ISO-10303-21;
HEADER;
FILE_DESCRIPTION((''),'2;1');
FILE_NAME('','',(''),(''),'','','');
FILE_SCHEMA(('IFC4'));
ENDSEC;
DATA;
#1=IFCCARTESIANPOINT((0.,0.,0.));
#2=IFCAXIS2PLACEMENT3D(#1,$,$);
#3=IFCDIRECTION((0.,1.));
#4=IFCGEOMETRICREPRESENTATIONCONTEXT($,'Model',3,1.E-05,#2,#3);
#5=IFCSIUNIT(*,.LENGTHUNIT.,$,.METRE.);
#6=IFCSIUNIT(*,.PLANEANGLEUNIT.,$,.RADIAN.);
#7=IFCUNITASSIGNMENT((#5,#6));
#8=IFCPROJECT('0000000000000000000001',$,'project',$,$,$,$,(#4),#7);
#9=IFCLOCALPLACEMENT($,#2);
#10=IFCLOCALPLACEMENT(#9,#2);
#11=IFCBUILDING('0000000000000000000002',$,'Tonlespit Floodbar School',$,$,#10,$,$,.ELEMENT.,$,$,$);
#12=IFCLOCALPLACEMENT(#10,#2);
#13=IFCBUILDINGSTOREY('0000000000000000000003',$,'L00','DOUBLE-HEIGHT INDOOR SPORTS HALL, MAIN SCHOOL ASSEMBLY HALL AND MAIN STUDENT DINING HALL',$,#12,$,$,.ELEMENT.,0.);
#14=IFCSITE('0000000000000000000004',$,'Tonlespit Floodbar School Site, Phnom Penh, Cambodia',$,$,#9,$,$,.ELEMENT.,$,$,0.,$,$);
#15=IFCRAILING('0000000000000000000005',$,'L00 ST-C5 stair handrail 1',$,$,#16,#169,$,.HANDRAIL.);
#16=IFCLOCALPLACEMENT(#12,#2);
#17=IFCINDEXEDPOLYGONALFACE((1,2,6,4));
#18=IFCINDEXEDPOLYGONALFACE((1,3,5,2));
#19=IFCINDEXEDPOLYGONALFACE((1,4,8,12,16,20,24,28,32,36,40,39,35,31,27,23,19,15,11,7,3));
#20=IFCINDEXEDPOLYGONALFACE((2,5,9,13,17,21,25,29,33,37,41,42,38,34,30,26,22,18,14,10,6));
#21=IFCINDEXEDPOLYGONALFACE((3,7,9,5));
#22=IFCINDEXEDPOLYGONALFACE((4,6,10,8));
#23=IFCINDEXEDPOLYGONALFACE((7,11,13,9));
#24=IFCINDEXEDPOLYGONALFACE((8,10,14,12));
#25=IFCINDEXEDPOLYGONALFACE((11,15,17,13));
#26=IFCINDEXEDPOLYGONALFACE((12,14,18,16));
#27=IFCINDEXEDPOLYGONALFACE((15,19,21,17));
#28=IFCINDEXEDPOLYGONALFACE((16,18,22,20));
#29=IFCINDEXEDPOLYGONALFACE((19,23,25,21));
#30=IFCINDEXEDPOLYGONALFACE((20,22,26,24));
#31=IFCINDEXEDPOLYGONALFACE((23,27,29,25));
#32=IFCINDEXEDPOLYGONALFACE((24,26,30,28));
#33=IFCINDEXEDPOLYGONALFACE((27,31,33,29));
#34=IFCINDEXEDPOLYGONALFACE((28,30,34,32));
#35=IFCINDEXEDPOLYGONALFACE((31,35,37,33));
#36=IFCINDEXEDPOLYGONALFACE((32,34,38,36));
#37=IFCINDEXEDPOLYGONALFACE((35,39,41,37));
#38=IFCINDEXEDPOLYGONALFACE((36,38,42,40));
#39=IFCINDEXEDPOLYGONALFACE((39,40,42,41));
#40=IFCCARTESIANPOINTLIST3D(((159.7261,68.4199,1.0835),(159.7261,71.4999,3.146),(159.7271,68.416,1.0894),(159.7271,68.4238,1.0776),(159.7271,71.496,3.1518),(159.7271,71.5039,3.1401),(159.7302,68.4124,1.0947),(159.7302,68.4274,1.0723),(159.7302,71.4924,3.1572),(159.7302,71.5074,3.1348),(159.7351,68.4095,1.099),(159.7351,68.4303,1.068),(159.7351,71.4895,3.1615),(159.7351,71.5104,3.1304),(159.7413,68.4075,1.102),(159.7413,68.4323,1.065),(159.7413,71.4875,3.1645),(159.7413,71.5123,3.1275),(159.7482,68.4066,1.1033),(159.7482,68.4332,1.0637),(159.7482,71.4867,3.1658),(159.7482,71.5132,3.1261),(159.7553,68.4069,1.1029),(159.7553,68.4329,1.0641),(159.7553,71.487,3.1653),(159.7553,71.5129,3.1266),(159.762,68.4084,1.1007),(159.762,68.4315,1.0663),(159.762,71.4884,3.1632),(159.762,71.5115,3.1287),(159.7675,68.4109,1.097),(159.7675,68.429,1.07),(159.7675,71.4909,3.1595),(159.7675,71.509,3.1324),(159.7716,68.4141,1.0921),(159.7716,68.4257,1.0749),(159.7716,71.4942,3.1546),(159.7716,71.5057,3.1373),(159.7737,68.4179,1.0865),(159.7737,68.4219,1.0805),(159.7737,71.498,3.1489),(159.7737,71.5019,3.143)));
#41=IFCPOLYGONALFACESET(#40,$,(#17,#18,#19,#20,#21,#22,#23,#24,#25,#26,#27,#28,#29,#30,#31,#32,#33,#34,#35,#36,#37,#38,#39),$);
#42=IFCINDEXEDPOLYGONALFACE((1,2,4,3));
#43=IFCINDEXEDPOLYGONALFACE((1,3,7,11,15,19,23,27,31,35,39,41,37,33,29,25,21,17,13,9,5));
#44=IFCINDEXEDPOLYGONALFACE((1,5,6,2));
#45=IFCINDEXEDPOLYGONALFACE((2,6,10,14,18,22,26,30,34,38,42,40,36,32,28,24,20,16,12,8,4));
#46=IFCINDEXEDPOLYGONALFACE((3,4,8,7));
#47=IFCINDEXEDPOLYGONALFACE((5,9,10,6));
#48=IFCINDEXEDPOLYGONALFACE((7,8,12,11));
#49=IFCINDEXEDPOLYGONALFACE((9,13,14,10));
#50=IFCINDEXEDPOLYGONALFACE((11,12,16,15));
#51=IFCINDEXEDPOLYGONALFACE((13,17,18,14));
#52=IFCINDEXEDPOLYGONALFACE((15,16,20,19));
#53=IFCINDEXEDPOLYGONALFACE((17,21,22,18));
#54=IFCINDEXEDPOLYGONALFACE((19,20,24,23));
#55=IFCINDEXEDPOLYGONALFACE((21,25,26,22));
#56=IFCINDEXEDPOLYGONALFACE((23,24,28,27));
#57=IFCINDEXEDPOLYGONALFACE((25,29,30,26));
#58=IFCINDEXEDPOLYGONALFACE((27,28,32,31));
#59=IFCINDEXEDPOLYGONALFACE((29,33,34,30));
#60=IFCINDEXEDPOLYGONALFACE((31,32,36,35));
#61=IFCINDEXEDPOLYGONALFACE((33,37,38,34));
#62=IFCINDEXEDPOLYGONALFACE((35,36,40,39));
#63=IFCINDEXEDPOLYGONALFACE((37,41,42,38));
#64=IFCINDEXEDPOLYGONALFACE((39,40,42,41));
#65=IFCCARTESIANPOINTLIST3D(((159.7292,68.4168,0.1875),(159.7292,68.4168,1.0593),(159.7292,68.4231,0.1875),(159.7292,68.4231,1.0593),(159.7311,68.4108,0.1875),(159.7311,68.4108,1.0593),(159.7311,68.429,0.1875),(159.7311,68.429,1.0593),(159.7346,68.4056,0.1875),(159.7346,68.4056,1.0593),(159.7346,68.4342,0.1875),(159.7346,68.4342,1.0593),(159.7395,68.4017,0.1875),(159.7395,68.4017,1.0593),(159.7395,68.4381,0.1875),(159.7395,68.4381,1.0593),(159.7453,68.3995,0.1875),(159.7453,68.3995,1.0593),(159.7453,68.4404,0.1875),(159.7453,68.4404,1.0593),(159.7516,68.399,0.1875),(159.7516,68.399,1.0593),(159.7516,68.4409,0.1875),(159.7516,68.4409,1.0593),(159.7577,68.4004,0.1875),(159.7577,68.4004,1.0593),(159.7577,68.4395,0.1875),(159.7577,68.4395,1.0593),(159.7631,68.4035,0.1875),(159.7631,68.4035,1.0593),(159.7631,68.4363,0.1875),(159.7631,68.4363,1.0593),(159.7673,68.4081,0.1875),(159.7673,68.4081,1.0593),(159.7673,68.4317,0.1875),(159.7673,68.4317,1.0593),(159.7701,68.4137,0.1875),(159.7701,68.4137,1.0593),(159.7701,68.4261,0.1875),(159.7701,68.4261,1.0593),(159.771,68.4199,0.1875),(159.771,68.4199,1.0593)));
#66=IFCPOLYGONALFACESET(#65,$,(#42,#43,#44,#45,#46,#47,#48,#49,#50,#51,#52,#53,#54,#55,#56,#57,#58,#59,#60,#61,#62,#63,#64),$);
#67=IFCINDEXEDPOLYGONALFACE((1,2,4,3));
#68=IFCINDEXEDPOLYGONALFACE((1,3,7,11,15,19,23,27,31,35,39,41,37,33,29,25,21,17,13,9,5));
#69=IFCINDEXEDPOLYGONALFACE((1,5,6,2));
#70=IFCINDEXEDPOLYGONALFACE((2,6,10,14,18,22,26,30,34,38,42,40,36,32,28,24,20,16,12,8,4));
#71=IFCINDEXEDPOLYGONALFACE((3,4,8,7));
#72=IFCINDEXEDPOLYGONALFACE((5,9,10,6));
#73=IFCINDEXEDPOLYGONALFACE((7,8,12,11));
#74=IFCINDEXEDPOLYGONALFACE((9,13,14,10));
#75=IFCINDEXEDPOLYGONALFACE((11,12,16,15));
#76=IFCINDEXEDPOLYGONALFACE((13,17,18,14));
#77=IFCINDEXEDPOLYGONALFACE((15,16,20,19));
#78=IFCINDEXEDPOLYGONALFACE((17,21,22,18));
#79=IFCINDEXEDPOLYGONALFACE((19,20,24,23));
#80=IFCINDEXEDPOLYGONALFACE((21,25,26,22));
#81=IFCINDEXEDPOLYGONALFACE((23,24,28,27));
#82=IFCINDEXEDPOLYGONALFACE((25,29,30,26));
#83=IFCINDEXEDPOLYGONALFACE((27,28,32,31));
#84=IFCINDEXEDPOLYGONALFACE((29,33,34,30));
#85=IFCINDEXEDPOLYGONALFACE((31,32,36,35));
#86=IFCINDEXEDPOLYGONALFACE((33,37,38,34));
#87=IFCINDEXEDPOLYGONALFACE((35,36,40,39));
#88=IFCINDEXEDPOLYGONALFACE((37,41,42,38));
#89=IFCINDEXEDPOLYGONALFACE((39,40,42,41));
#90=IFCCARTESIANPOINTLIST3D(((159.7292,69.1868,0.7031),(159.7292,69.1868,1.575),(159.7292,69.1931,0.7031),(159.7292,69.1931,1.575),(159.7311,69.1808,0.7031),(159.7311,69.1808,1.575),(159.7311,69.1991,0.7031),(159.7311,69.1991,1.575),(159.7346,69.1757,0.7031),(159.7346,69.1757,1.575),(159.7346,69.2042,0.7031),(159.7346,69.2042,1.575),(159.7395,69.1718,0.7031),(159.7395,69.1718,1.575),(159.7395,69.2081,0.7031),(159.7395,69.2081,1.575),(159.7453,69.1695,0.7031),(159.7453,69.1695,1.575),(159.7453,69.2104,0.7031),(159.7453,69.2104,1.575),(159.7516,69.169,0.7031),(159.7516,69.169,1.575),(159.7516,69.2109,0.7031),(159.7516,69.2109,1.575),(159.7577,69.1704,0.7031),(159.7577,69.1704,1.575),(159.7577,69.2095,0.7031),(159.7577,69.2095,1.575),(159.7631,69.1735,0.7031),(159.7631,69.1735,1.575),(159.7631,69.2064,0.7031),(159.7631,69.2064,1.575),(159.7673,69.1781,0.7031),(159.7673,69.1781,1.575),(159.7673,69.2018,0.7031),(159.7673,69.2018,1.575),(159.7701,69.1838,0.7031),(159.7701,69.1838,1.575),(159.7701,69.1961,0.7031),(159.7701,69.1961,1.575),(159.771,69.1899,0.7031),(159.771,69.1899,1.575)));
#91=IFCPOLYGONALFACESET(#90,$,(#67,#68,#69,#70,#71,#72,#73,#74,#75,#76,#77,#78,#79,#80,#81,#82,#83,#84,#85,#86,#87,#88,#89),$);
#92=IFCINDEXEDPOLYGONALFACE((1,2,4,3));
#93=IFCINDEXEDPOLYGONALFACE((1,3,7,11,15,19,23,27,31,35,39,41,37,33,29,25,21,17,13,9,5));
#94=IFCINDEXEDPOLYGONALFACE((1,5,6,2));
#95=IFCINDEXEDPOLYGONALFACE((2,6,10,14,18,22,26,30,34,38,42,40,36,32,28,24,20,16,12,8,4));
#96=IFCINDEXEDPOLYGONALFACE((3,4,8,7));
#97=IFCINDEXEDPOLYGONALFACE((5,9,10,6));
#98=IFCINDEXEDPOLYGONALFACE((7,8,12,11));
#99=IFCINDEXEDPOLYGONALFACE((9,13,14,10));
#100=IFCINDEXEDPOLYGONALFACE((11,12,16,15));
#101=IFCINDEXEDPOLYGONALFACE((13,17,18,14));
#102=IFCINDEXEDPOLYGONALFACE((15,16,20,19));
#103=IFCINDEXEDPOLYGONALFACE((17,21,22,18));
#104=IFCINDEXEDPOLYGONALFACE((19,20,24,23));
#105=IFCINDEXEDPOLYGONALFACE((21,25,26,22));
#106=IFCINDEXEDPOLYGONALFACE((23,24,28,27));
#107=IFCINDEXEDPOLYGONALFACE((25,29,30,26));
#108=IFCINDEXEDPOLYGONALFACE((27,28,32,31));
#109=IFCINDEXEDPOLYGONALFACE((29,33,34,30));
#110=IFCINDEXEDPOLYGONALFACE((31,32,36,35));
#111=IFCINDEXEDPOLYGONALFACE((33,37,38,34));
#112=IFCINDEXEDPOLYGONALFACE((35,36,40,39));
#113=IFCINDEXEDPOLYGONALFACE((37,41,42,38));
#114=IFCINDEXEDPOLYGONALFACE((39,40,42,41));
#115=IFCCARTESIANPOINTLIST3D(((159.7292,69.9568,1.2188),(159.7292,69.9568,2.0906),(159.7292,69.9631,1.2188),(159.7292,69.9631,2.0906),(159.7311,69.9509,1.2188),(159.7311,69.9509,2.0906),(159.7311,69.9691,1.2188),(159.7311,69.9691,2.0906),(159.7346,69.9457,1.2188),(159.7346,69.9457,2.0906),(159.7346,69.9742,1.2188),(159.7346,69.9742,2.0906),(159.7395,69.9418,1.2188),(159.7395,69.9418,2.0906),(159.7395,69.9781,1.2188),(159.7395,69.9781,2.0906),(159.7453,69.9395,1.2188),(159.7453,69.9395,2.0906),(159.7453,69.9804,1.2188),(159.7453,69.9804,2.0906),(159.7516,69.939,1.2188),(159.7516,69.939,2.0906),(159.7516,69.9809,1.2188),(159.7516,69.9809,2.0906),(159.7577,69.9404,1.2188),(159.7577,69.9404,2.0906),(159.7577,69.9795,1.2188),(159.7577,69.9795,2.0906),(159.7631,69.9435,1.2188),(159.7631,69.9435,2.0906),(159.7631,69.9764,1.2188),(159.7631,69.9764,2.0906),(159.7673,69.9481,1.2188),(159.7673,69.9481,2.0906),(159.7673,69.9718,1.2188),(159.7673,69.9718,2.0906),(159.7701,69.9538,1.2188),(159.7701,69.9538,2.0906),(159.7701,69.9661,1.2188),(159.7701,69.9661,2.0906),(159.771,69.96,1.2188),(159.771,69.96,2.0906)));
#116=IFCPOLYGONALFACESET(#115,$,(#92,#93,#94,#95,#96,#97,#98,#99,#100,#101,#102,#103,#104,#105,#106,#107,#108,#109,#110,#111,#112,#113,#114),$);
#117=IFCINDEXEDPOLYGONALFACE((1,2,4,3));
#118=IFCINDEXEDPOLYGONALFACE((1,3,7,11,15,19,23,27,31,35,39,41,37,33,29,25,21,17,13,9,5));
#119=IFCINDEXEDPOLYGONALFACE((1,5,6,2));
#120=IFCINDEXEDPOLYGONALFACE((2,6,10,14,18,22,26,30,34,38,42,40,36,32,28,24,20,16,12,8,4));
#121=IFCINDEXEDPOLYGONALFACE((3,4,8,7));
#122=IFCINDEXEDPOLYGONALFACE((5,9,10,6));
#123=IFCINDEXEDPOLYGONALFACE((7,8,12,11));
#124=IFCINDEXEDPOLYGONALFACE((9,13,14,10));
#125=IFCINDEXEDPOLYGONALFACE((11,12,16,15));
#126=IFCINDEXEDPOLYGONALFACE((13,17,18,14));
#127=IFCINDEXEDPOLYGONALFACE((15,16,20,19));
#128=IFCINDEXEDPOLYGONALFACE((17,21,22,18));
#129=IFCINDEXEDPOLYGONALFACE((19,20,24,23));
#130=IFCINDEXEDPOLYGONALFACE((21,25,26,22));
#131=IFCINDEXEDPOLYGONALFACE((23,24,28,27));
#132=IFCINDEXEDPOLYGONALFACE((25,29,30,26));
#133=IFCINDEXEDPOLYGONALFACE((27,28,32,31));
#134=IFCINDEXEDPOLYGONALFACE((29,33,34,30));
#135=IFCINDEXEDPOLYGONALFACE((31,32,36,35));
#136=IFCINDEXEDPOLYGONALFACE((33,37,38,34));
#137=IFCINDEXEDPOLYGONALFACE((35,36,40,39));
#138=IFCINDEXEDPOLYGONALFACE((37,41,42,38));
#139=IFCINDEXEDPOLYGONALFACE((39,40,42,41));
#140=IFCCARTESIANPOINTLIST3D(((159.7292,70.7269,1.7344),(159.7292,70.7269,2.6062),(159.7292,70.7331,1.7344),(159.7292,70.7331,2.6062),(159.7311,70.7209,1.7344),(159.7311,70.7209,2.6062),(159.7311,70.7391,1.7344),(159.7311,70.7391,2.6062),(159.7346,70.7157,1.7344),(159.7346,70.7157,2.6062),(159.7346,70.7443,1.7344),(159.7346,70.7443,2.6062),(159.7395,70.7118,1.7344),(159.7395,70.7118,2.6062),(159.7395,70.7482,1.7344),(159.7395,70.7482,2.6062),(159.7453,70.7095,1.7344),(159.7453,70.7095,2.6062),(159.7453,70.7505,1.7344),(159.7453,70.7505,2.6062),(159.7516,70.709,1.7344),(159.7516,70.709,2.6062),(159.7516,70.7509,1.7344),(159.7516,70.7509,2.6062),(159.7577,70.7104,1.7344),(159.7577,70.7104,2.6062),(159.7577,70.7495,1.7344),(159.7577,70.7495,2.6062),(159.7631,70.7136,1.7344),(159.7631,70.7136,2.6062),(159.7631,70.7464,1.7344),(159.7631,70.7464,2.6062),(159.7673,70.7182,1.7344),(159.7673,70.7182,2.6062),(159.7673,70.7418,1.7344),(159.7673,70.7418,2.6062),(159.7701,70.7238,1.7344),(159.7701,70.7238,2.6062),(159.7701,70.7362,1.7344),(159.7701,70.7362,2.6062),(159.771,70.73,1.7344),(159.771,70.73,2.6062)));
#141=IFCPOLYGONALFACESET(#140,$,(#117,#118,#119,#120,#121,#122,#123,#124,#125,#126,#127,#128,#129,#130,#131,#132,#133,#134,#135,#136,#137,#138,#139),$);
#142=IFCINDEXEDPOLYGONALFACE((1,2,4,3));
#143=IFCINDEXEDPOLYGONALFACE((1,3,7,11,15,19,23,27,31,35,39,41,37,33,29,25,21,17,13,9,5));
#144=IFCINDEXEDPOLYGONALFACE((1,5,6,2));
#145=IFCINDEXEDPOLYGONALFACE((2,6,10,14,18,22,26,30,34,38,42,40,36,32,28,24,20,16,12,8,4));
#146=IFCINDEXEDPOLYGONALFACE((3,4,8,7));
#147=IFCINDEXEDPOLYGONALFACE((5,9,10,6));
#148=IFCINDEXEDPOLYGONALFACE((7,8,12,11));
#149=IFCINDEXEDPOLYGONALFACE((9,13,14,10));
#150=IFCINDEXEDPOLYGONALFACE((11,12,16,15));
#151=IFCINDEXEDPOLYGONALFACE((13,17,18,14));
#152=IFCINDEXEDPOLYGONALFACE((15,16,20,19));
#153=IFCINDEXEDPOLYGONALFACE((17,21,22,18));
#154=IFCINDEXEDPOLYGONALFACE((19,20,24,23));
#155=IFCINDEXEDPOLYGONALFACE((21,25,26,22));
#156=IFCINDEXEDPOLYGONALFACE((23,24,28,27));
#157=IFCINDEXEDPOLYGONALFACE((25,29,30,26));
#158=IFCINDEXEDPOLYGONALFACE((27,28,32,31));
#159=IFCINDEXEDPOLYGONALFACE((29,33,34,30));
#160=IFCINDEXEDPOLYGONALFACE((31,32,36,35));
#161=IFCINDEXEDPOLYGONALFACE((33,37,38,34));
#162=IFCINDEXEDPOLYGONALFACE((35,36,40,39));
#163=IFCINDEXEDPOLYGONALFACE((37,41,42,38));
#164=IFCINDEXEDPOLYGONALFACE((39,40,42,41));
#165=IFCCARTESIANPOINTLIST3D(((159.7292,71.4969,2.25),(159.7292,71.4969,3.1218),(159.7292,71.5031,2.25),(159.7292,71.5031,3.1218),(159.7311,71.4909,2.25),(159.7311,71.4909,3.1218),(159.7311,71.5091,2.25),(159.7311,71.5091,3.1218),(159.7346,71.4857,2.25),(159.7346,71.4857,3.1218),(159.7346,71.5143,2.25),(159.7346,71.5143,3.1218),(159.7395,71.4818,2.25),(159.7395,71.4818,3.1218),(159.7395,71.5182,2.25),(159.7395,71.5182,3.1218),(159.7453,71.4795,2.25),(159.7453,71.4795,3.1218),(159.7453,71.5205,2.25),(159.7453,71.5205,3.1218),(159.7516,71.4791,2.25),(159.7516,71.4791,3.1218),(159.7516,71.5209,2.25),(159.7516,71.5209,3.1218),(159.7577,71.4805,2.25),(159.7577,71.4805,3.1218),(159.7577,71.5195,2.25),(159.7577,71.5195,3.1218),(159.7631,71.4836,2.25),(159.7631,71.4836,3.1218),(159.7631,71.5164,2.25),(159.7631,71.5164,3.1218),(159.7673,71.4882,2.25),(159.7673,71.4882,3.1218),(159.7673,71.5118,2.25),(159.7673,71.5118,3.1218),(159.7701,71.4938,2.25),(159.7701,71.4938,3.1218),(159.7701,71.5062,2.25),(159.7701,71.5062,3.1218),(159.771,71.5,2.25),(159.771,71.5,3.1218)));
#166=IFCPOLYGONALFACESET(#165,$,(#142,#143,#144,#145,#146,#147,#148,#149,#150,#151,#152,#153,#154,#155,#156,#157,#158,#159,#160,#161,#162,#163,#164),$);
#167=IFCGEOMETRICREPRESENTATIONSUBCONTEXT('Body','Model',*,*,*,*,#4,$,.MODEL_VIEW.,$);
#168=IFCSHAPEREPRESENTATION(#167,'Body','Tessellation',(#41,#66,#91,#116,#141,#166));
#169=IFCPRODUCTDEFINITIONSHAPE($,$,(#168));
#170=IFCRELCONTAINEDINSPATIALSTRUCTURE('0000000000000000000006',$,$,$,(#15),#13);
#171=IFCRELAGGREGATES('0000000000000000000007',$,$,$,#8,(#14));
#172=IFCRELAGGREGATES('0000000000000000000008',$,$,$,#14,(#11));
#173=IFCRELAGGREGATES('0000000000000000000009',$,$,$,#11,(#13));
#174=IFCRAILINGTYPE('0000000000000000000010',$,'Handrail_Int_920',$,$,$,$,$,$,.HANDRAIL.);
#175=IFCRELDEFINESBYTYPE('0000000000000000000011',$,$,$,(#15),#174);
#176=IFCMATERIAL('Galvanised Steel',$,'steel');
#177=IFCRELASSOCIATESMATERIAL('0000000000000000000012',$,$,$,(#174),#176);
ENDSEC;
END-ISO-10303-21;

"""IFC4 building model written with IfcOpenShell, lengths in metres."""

from ifc_helpers import new_model, si_unit, direction, frame, origin, origin_2d, place, context, subcontext, project, spatial, circle, extrude, material, type_object, element, save


model = new_model("IFC4")

# Units and contexts
model_context = context("Model", 3, precision=1e-05, world=origin(), true_north=direction((0.0, 1.0)))
body_context = subcontext(model_context, "Body", "Model", "MODEL_VIEW")
ifc_project = project(units=[si_unit("LENGTHUNIT", "METRE"), si_unit("PLANEANGLEUNIT", "RADIAN")], contexts=[model_context])

# Site, building, storey
site_placement = place(None, origin())
site = spatial("IfcSite", under=ifc_project, at=site_placement, Name="Tonlespit Floodbar School Site, Phnom Penh, Cambodia", CompositionType="ELEMENT", RefElevation=0.0)
building_placement = place(site_placement, origin())
building = spatial("IfcBuilding", under=site, at=building_placement, Name="Tonlespit Floodbar School", CompositionType="ELEMENT")
storey_placement = place(building_placement, origin())
storey = spatial("IfcBuildingStorey", under=building, at=storey_placement, Name="L00", Description="DOUBLE-HEIGHT INDOOR SPORTS HALL, MAIN SCHOOL ASSEMBLY HALL AND MAIN STUDENT DINING HALL", CompositionType="ELEMENT", Elevation=0.0)

# Shared definitions
ifc_material_1 = material(Name="Galvanised Steel", Category="steel")

# Railing
railing_type_1 = type_object("IfcRailingType", Name="Handrail_Int_920", PredefinedType="HANDRAIL", material=ifc_material_1)
railing_1_placement = place(storey_placement, frame((159.75, 68.4199, 0.1875)))
element("IfcRailing", 1, at=railing_1_placement, inside=storey, type_object=railing_type_1, Name="L00 ST-C5 stair handrail 1", PredefinedType="HANDRAIL", context=body_context, shape_type="SweptSolid", body=[
    extrude(circle(Radius=0.0239, at=origin_2d()), frame((0.0, 0.0, 0.896), z_axis=(0.0, 0.830914, 0.556401), x_axis=(-1.0, 0.0, 0.0)), (0.0, 0.0, 1.0), 3.7068),
    extrude(circle(Radius=0.021, at=origin_2d()), origin(), (0.0, 0.0, 1.0), 0.8718),
    extrude(circle(Radius=0.021, at=origin_2d()), frame((0.0, 0.77, 0.5156)), (0.0, 0.0, 1.0), 0.8718),
    extrude(circle(Radius=0.021, at=origin_2d()), frame((0.0, 1.54, 1.0312)), (0.0, 0.0, 1.0), 0.8718),
    extrude(circle(Radius=0.021, at=origin_2d()), frame((0.0, 2.3101, 1.5469)), (0.0, 0.0, 1.0), 0.8718),
    extrude(circle(Radius=0.021, at=origin_2d()), frame((0.0, 3.0801, 2.0625)), (0.0, 0.0, 1.0), 0.8718),
])

save(model, "model.ifc")
